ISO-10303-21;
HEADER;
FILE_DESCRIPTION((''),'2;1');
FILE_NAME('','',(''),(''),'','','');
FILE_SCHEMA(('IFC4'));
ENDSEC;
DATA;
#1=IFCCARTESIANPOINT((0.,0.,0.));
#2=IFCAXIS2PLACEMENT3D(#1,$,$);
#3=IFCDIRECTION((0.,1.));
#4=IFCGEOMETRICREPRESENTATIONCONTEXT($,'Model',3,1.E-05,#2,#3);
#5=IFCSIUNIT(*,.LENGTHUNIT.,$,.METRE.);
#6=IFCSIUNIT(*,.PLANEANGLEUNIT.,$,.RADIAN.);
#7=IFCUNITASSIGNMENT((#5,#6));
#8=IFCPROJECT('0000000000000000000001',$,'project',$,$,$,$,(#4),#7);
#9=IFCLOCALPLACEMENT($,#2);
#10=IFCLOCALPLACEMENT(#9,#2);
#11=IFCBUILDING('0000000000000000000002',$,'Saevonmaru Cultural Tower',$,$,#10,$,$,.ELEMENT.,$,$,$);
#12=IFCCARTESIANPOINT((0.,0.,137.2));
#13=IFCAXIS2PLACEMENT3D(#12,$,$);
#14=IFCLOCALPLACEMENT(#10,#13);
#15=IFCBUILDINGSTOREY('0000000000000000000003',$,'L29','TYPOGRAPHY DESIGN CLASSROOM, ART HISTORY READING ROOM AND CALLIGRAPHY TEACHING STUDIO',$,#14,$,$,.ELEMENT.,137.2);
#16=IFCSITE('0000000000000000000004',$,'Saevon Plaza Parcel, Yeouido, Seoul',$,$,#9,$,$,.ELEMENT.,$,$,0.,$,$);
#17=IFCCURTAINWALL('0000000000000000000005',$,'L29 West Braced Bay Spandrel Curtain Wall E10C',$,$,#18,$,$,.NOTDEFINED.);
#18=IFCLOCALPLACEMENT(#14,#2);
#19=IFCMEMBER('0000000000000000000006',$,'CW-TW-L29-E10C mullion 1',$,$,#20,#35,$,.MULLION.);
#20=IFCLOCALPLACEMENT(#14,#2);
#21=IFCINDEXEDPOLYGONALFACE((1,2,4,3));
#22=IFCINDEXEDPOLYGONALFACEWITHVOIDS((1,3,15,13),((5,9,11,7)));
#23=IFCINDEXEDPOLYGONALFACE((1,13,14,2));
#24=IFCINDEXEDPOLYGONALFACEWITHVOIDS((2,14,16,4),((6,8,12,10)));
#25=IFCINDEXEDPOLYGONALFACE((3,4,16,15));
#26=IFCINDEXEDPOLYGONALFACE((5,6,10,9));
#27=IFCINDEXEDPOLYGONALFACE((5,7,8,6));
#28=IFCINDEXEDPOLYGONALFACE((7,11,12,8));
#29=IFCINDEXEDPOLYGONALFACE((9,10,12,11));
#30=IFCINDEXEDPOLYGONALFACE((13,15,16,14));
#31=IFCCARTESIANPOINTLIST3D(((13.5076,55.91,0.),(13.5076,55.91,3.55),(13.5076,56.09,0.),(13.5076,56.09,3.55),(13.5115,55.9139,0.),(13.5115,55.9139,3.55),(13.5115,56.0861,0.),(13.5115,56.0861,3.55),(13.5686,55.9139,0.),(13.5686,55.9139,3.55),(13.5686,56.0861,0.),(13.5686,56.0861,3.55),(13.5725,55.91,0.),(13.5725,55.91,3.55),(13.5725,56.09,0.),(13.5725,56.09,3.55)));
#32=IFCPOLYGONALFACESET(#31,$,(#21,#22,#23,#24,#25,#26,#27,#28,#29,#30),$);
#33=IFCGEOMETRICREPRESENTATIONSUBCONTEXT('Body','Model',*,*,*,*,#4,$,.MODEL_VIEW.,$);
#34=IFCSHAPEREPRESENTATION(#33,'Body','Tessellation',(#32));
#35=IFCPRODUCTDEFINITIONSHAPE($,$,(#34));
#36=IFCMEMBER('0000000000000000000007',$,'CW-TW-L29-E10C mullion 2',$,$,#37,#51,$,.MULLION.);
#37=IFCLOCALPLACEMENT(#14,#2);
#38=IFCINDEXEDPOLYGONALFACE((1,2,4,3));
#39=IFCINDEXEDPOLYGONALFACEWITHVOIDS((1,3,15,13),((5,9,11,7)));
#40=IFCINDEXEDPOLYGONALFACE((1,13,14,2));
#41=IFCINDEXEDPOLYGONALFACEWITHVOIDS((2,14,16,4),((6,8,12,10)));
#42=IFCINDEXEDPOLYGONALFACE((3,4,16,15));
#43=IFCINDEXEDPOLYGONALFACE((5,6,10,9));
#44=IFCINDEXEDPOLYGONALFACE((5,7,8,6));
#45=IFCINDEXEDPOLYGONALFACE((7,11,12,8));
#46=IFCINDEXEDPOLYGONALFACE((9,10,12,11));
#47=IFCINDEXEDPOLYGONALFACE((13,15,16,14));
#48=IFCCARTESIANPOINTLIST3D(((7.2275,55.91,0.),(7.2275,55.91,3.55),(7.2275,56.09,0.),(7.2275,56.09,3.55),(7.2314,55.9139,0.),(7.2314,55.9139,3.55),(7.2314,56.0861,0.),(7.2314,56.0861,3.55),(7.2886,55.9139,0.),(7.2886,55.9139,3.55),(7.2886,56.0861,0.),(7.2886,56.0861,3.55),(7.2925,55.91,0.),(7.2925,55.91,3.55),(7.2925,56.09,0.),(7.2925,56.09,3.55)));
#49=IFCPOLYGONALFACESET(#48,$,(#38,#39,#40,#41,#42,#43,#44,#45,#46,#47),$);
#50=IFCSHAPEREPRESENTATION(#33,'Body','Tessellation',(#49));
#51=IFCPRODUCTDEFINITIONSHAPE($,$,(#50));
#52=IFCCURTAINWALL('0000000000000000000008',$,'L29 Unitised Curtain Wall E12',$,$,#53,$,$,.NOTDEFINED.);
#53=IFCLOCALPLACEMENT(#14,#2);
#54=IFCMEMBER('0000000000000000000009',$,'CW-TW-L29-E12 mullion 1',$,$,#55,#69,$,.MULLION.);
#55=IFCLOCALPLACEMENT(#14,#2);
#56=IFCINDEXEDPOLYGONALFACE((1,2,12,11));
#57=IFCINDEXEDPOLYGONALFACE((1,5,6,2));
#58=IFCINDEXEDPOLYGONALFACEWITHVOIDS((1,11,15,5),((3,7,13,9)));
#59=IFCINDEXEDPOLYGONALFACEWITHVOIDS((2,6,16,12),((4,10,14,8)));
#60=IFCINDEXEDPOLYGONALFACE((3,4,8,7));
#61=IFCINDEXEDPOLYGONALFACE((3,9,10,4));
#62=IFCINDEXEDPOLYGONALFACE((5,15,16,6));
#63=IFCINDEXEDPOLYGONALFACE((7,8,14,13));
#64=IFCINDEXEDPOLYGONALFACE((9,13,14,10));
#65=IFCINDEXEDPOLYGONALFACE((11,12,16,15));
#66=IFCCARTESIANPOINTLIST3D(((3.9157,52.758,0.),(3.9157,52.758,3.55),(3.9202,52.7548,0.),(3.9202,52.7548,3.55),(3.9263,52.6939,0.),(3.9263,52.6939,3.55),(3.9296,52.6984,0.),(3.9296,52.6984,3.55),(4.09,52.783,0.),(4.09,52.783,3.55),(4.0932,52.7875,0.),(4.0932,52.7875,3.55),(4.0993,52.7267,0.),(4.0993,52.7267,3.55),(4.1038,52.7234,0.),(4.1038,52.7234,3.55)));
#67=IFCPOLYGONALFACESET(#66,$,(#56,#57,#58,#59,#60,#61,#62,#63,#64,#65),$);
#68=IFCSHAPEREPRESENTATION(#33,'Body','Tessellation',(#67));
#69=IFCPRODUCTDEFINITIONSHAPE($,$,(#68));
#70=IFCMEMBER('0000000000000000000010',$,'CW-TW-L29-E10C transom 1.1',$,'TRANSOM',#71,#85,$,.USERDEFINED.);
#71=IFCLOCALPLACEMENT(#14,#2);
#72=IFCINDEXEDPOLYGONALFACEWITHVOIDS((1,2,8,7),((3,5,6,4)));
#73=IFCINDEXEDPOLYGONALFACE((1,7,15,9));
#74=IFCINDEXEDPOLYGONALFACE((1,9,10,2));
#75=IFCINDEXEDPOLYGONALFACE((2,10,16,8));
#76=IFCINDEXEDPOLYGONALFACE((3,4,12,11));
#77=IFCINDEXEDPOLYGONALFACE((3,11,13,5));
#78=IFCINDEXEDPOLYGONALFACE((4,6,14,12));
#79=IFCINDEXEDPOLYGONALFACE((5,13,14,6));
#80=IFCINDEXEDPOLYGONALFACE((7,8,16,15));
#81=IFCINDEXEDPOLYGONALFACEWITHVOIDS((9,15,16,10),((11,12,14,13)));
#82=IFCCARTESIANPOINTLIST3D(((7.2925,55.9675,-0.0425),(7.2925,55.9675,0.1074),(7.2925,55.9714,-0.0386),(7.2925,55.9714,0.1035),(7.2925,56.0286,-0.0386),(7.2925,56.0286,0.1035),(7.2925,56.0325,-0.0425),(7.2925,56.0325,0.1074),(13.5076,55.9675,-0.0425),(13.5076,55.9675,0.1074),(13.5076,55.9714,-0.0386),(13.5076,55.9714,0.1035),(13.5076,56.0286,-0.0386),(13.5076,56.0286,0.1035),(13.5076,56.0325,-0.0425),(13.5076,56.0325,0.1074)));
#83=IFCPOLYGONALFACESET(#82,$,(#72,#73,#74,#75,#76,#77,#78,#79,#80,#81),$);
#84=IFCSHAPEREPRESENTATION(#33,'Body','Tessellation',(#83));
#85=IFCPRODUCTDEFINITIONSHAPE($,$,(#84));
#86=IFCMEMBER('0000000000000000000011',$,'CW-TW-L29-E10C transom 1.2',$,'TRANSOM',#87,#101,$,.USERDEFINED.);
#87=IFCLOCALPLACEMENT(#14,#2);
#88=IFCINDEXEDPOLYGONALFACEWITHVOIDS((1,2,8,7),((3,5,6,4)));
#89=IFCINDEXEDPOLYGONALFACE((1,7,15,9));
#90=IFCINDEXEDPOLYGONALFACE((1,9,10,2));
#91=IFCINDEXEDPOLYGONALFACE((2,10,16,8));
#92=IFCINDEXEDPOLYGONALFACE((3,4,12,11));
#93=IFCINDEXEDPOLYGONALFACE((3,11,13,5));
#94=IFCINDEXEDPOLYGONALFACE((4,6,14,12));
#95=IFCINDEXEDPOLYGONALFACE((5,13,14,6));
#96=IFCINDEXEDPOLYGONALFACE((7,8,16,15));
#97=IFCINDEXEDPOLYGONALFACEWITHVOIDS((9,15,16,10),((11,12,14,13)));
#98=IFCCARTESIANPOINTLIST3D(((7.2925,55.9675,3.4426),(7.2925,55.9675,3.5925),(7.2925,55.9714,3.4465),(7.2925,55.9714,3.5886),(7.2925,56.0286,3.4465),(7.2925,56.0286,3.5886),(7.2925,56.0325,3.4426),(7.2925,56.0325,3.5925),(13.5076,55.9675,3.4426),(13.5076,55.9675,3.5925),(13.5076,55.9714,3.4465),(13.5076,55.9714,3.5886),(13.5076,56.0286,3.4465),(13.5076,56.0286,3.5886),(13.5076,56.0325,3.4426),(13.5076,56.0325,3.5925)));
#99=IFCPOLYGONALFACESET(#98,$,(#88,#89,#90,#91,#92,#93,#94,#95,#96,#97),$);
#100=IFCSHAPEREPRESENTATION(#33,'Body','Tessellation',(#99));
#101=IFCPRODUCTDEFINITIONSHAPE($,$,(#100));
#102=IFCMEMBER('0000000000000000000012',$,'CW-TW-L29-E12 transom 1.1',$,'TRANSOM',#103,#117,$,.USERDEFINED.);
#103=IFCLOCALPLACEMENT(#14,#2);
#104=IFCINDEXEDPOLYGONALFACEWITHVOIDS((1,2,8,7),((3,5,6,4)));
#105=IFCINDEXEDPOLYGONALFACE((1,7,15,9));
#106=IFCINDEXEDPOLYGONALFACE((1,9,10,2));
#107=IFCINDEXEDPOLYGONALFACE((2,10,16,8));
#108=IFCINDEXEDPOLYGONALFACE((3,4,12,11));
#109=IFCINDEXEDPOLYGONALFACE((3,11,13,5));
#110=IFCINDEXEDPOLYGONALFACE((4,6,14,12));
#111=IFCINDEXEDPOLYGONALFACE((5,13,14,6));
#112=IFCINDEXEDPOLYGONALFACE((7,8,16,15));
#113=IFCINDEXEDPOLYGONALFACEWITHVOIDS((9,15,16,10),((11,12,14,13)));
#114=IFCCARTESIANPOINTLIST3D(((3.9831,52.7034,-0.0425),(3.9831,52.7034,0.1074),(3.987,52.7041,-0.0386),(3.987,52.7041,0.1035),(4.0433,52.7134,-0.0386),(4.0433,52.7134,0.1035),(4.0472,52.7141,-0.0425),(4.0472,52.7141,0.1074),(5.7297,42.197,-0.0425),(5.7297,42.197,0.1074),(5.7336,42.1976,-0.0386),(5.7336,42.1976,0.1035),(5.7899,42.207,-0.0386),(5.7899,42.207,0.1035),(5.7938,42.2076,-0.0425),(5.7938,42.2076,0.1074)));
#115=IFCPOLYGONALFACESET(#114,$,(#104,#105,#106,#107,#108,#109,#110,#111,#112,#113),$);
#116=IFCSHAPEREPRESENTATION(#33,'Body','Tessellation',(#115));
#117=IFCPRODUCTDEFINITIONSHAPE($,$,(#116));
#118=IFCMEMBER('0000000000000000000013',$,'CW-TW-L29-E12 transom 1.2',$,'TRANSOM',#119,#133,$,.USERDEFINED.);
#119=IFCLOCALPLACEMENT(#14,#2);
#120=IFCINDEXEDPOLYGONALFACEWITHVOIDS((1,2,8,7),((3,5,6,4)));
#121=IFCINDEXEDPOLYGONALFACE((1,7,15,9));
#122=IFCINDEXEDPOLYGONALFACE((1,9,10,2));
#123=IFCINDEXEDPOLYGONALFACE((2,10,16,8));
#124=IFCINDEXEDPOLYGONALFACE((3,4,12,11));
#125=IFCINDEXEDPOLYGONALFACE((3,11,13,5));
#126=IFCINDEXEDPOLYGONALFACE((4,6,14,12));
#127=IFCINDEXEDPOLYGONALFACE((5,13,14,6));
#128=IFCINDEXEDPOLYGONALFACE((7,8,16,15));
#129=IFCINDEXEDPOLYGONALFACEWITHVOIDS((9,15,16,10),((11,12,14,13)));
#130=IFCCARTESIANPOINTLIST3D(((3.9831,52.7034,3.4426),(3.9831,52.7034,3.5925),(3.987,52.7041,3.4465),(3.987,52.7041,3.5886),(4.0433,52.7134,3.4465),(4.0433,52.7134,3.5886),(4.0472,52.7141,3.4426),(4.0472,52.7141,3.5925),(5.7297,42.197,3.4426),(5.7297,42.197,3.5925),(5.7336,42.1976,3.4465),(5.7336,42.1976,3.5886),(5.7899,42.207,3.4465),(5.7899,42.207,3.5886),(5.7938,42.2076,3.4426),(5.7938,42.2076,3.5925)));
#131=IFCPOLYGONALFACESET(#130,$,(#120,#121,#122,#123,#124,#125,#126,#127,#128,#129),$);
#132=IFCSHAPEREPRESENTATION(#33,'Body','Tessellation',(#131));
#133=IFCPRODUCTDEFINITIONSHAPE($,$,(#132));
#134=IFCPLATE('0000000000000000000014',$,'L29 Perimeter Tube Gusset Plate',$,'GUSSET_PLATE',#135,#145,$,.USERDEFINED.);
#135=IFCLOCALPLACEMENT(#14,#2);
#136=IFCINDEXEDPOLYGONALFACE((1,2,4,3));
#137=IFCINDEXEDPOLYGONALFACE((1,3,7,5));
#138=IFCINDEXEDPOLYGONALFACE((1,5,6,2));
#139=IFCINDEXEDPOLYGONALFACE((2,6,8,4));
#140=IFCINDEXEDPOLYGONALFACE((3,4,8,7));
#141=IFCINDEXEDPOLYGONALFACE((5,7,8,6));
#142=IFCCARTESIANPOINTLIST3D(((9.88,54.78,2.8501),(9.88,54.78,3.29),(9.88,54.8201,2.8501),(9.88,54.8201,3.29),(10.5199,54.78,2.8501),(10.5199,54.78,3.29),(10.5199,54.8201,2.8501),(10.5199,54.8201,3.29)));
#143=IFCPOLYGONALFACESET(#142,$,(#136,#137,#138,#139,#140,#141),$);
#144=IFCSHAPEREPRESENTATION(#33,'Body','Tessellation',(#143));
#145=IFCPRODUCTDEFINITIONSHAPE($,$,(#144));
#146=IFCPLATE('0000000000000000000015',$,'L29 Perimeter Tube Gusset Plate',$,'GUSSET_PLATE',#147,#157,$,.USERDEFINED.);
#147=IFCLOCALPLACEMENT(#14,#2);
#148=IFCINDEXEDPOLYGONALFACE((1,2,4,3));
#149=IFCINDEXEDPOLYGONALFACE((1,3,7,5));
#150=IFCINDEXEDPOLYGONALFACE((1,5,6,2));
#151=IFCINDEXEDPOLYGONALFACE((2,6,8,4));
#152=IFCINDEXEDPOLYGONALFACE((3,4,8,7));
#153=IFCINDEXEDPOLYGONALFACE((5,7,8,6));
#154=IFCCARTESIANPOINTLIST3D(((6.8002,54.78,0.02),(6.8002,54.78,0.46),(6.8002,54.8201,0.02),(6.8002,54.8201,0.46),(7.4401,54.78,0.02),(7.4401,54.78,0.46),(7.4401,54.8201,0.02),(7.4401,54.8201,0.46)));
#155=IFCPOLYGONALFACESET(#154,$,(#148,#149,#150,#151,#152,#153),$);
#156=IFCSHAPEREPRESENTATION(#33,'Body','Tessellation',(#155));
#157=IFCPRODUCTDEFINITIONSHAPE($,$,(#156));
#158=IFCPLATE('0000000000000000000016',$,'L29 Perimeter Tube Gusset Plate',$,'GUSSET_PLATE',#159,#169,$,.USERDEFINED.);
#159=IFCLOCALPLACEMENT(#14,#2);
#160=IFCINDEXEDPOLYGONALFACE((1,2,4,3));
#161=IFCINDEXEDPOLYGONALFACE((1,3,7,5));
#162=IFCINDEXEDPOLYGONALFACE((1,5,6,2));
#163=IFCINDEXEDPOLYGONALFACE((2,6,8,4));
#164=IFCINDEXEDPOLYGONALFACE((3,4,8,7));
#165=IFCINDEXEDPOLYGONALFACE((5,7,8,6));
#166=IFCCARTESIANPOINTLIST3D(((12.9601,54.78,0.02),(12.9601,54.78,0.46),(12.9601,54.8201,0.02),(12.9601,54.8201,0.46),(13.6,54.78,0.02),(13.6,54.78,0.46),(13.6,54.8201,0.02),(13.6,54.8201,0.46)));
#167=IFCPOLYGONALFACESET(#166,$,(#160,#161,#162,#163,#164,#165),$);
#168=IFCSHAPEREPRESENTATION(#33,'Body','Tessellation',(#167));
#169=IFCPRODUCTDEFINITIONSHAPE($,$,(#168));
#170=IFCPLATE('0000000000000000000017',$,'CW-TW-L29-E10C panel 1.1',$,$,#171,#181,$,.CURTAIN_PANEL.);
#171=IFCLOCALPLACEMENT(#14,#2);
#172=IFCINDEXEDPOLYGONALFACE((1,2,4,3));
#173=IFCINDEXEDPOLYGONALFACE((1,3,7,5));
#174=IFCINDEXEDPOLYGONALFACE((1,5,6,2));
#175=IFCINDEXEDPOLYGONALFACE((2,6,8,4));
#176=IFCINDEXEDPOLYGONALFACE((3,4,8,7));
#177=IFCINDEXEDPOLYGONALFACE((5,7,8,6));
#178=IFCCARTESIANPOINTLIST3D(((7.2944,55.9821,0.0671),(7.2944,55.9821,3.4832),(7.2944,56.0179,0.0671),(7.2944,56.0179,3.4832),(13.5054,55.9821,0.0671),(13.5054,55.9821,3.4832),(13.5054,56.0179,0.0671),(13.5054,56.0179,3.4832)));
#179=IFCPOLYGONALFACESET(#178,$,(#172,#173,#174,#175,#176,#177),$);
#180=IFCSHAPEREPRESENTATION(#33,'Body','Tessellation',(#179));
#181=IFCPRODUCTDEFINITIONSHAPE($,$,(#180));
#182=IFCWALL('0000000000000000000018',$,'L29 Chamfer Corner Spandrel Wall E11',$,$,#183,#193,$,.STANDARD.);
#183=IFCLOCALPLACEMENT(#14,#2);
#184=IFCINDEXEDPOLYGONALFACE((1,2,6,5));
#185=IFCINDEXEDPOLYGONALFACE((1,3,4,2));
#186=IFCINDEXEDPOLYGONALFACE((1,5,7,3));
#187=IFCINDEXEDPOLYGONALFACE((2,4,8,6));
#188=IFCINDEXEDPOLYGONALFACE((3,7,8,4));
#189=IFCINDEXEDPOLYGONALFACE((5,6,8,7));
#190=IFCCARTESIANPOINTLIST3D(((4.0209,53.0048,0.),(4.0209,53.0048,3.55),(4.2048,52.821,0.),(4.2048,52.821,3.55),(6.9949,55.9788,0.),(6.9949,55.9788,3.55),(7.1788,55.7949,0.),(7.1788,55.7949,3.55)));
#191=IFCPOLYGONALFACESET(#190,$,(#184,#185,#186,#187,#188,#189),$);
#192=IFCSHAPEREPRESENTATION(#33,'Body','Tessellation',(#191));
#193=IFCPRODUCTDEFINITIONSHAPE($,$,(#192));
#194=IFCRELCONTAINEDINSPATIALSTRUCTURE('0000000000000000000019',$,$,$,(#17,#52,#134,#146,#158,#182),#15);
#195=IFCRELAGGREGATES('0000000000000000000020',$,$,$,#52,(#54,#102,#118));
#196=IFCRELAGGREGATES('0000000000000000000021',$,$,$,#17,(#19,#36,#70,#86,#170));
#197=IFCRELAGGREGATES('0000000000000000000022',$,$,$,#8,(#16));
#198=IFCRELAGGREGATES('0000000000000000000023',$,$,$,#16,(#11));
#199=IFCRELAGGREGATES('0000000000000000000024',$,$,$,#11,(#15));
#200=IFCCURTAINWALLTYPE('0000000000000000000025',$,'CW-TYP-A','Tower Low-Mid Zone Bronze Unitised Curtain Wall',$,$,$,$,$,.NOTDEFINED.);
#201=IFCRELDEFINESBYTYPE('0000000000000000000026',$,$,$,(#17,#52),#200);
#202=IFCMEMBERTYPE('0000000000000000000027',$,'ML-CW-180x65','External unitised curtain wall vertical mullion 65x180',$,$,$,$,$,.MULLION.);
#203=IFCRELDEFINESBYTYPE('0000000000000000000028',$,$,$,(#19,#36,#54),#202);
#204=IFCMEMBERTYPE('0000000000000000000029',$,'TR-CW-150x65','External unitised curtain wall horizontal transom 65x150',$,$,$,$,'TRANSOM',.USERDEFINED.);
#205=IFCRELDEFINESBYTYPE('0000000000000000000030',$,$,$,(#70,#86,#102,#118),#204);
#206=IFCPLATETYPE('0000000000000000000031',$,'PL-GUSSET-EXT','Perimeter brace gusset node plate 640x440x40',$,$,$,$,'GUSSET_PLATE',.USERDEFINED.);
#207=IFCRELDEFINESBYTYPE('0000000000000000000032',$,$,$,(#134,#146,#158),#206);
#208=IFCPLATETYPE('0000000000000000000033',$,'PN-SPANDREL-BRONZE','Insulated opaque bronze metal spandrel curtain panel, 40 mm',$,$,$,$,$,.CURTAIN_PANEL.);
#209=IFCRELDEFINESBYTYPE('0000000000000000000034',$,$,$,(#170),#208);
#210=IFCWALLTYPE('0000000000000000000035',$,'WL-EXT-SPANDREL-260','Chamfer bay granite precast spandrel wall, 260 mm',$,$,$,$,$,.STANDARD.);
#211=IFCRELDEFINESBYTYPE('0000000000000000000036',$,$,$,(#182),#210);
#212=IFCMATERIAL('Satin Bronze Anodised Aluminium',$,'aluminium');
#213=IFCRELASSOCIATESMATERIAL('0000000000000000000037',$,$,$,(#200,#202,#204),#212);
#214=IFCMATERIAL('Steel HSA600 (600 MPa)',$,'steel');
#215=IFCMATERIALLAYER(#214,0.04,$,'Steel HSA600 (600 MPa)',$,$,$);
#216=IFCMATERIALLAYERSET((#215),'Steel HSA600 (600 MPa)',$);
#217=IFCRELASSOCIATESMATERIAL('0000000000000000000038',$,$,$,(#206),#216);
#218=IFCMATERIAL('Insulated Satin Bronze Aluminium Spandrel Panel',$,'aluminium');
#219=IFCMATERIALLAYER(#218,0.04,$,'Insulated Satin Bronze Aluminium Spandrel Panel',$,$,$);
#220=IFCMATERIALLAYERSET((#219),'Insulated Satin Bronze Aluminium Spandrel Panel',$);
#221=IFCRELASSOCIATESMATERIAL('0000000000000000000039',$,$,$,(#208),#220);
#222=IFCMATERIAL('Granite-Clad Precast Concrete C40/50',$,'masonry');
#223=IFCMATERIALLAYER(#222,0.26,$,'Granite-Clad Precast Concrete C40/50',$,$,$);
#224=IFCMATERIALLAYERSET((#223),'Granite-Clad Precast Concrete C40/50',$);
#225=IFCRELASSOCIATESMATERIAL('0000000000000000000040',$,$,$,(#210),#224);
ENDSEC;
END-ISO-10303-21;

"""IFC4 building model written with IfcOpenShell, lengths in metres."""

from ifc_helpers import new_model, si_unit, direction, frame, frame_2d, origin, origin_2d, place, context, subcontext, project, spatial, rectangle, hollow_rectangle, extrude, material, layer, layer_set, material_profile, profile_set, type_object, element, aggregate, save


model = new_model("IFC4")

# Units and contexts
model_context = context("Model", 3, precision=1e-05, world=origin(), true_north=direction((0.0, 1.0)))
body_context = subcontext(model_context, "Body", "Model", "MODEL_VIEW")
ifc_project = project(units=[si_unit("LENGTHUNIT", "METRE"), si_unit("PLANEANGLEUNIT", "RADIAN")], contexts=[model_context])

# Site, building, storey
site_placement = place(None, origin())
site = spatial("IfcSite", under=ifc_project, at=site_placement, Name="Saevon Plaza Parcel, Yeouido, Seoul", CompositionType="ELEMENT", RefElevation=0.0)
building_placement = place(site_placement, origin())
building = spatial("IfcBuilding", under=site, at=building_placement, Name="Saevonmaru Cultural Tower", CompositionType="ELEMENT")
storey_placement = place(building_placement, frame((0.0, 0.0, 137.2)))
storey = spatial("IfcBuildingStorey", under=building, at=storey_placement, Name="L29", Description="TYPOGRAPHY DESIGN CLASSROOM, ART HISTORY READING ROOM AND CALLIGRAPHY TEACHING STUDIO", CompositionType="ELEMENT", Elevation=137.2)

# Curtain wall, members
ifc_material_1 = material(Name="Satin Bronze Anodised Aluminium", Category="aluminium")
curtain_wall_type = type_object("IfcCurtainWallType", Name="CW-TYP-A", Description="Tower Low-Mid Zone Bronze Unitised Curtain Wall", PredefinedType="NOTDEFINED", material=ifc_material_1)
curtain_wall_1_placement = place(storey_placement, origin())
curtain_wall_1 = element("IfcCurtainWall", 1, at=curtain_wall_1_placement, inside=storey, type_object=curtain_wall_type, Name="L29 West Braced Bay Spandrel Curtain Wall E10C", PredefinedType="NOTDEFINED")
ifc_material_profile_1 = material_profile(ifc_material_1, hollow_rectangle(XDim=0.0649, YDim=0.1799, WallThickness=0.0039, at=origin_2d()), Name="ALU-MULL-180x65x4")
ifc_profile_set_1 = profile_set([ifc_material_profile_1], Name="Satin Bronze Anodised Aluminium")
member_type_1 = type_object("IfcMemberType", Name="ML-CW-180x65", Description="External unitised curtain wall vertical mullion 65x180", PredefinedType="MULLION", material=ifc_profile_set_1)
member_1_placement = place(storey_placement, frame((13.54, 56.0, 0.0), z_axis=(0.0, 0.0, 1.0), x_axis=(-1.0, 0.0, 0.0)))
member_1 = element("IfcMember", 2, at=member_1_placement, type_object=member_type_1, Name="CW-TW-L29-E10C mullion 1", PredefinedType="MULLION", context=body_context, shape_type="SweptSolid", body=[
    extrude(hollow_rectangle(XDim=0.0649, YDim=0.1799, WallThickness=0.0039, at=origin_2d()), origin(), (0.0, 0.0, 1.0), 3.55),
])
member_2_placement = place(storey_placement, frame((7.26, 56.0, 0.0), z_axis=(0.0, 0.0, 1.0), x_axis=(-1.0, 0.0, 0.0)))
member_2 = element("IfcMember", 3, at=member_2_placement, type_object=member_type_1, Name="CW-TW-L29-E10C mullion 2", PredefinedType="MULLION", context=body_context, shape_type="SweptSolid", body=[
    extrude(hollow_rectangle(XDim=0.0649, YDim=0.1799, WallThickness=0.0039, at=origin_2d()), origin(), (0.0, 0.0, 1.0), 3.55),
])

# Curtain wall, member
curtain_wall_2_placement = place(storey_placement, origin())
curtain_wall_2 = element("IfcCurtainWall", 4, at=curtain_wall_2_placement, inside=storey, type_object=curtain_wall_type, Name="L29 Unitised Curtain Wall E12", PredefinedType="NOTDEFINED")
member_3_placement = place(storey_placement, frame((4.0098, 52.7407, 0.0), z_axis=(0.0, 0.0, 1.0), x_axis=(0.163999, -0.986461, 0.0)))
member_3 = element("IfcMember", 5, at=member_3_placement, type_object=member_type_1, Name="CW-TW-L29-E12 mullion 1", PredefinedType="MULLION", context=body_context, shape_type="SweptSolid", body=[
    extrude(hollow_rectangle(XDim=0.0649, YDim=0.1799, WallThickness=0.0039, at=origin_2d()), origin(), (0.0, 0.0, 1.0), 3.55),
])

# Members
ifc_material_profile_2 = material_profile(ifc_material_1, hollow_rectangle(XDim=0.0649, YDim=0.1499, WallThickness=0.0039, at=origin_2d()), Name="ALU-TRAN-150x65x4")
ifc_profile_set_2 = profile_set([ifc_material_profile_2], Name="Satin Bronze Anodised Aluminium")
member_type_2 = type_object("IfcMemberType", Name="TR-CW-150x65", Description="External unitised curtain wall horizontal transom 65x150", ElementType="TRANSOM", PredefinedType="USERDEFINED", material=ifc_profile_set_2)
member_4_placement = place(storey_placement, frame((13.5076, 56.0, 0.0325), z_axis=(-1.0, 0.0, 0.0), x_axis=(0.0, -1.0, 0.0)))
member_4 = element("IfcMember", 6, at=member_4_placement, type_object=member_type_2, Name="CW-TW-L29-E10C transom 1.1", ObjectType="TRANSOM", PredefinedType="USERDEFINED", context=body_context, shape_type="SweptSolid", body=[
    extrude(hollow_rectangle(XDim=0.0649, YDim=0.1499, WallThickness=0.0039, at=origin_2d()), origin(), (0.0, 0.0, 1.0), 6.2151),
])
member_5_placement = place(storey_placement, frame((13.5076, 56.0, 3.5176), z_axis=(-1.0, 0.0, 0.0), x_axis=(0.0, -1.0, 0.0)))
member_5 = element("IfcMember", 7, at=member_5_placement, type_object=member_type_2, Name="CW-TW-L29-E10C transom 1.2", ObjectType="TRANSOM", PredefinedType="USERDEFINED", context=body_context, shape_type="SweptSolid", body=[
    extrude(hollow_rectangle(XDim=0.0649, YDim=0.1499, WallThickness=0.0039, at=origin_2d()), origin(), (0.0, 0.0, 1.0), 6.2151),
])
member_6_placement = place(storey_placement, frame((4.0151, 52.7087, 0.0325), z_axis=(0.16399, -0.986462, 0.0), x_axis=(0.986462, 0.16399, 0.0)))
member_6 = element("IfcMember", 8, at=member_6_placement, type_object=member_type_2, Name="CW-TW-L29-E12 transom 1.1", ObjectType="TRANSOM", PredefinedType="USERDEFINED", context=body_context, shape_type="SweptSolid", body=[
    extrude(hollow_rectangle(XDim=0.0649, YDim=0.1499, WallThickness=0.0039, at=origin_2d()), origin(), (0.0, 0.0, 1.0), 10.6506),
])
member_7_placement = place(storey_placement, frame((4.0151, 52.7087, 3.5176), z_axis=(0.16399, -0.986462, 0.0), x_axis=(0.986462, 0.16399, 0.0)))
member_7 = element("IfcMember", 9, at=member_7_placement, type_object=member_type_2, Name="CW-TW-L29-E12 transom 1.2", ObjectType="TRANSOM", PredefinedType="USERDEFINED", context=body_context, shape_type="SweptSolid", body=[
    extrude(hollow_rectangle(XDim=0.0649, YDim=0.1499, WallThickness=0.0039, at=origin_2d()), origin(), (0.0, 0.0, 1.0), 10.6506),
])
aggregate(curtain_wall_2, [member_3, member_6, member_7])

# Plates
ifc_material_2 = material(Name="Steel HSA600 (600 MPa)", Category="steel")
ifc_layer_1 = layer(ifc_material_2, 0.04, Name="Steel HSA600 (600 MPa)")
ifc_layer_set_1 = layer_set([ifc_layer_1], Name="Steel HSA600 (600 MPa)")
plate_type_1 = type_object("IfcPlateType", Name="PL-GUSSET-EXT", Description="Perimeter brace gusset node plate 640x440x40", ElementType="GUSSET_PLATE", PredefinedType="USERDEFINED", material=ifc_layer_set_1)
for number, where, z_axis, x_axis, name in (
    (10, (10.2, 54.8, 2.8501), (0.0, 0.0, 1.0), (1.0, 0.0, 0.0), "L29 Perimeter Tube Gusset Plate"),
    (11, (7.1201, 54.8, 0.02), (0.0, 0.0, 1.0), (1.0, 0.0, 0.0), "L29 Perimeter Tube Gusset Plate"),
    (12, (13.28, 54.8, 0.02), (0.0, 0.0, 1.0), (1.0, 0.0, 0.0), "L29 Perimeter Tube Gusset Plate"),
):
    element("IfcPlate", number, at=place(storey_placement, frame(where, z_axis=z_axis, x_axis=x_axis)), inside=storey, type_object=plate_type_1, Name=name, ObjectType="GUSSET_PLATE", PredefinedType="USERDEFINED", context=body_context, shape_type="SweptSolid", body=[
        extrude(rectangle(XDim=0.6399, YDim=0.04, at=origin_2d()), origin(), (0.0, 0.0, 1.0), 0.4399),
    ])

# Plate
ifc_material_3 = material(Name="Insulated Satin Bronze Aluminium Spandrel Panel", Category="aluminium")
ifc_layer_2 = layer(ifc_material_3, 0.04, Name="Insulated Satin Bronze Aluminium Spandrel Panel")
ifc_layer_set_2 = layer_set([ifc_layer_2], Name="Insulated Satin Bronze Aluminium Spandrel Panel")
plate_type_2 = type_object("IfcPlateType", Name="PN-SPANDREL-BRONZE", Description="Insulated opaque bronze metal spandrel curtain panel, 40 mm", PredefinedType="CURTAIN_PANEL", material=ifc_layer_set_2)
plate_placement = place(storey_placement, frame((10.3999, 56.0, 0.0671), z_axis=(0.0, 0.0, 1.0), x_axis=(-1.0, 0.0, 0.0)))
plate = element("IfcPlate", 13, at=plate_placement, type_object=plate_type_2, Name="CW-TW-L29-E10C panel 1.1", PredefinedType="CURTAIN_PANEL", context=body_context, shape_type="SweptSolid", body=[
    extrude(rectangle(XDim=6.2109, YDim=0.0359, at=origin_2d()), origin(), (0.0, 0.0, 1.0), 3.416),
])
aggregate(curtain_wall_1, [member_1, member_2, member_4, member_5, plate])

# Wall
ifc_material_4 = material(Name="Granite-Clad Precast Concrete C40/50", Category="masonry")
ifc_layer_3 = layer(ifc_material_4, 0.26, Name="Granite-Clad Precast Concrete C40/50")
ifc_layer_set_3 = layer_set([ifc_layer_3], Name="Granite-Clad Precast Concrete C40/50")
wall_type_1 = type_object("IfcWallType", Name="WL-EXT-SPANDREL-260", Description="Chamfer bay granite precast spandrel wall, 260 mm", PredefinedType="STANDARD", material=ifc_layer_set_3)
wall_1_placement = place(storey_placement, frame((7.0869, 55.887, 0.0), z_axis=(0.0, 0.0, 1.0), x_axis=(-0.707107, -0.707107, 0.0)))
element("IfcWall", 14, at=wall_1_placement, inside=storey, type_object=wall_type_1, Name="L29 Chamfer Corner Spandrel Wall E11", PredefinedType="STANDARD", context=body_context, shape_type="SweptSolid", body=[
    extrude(rectangle(XDim=4.2058, YDim=0.26, at=frame_2d((2.103, 0.0))), origin(), (0.0, 0.0, 1.0), 3.55),
])

save(model, "model.ifc")
